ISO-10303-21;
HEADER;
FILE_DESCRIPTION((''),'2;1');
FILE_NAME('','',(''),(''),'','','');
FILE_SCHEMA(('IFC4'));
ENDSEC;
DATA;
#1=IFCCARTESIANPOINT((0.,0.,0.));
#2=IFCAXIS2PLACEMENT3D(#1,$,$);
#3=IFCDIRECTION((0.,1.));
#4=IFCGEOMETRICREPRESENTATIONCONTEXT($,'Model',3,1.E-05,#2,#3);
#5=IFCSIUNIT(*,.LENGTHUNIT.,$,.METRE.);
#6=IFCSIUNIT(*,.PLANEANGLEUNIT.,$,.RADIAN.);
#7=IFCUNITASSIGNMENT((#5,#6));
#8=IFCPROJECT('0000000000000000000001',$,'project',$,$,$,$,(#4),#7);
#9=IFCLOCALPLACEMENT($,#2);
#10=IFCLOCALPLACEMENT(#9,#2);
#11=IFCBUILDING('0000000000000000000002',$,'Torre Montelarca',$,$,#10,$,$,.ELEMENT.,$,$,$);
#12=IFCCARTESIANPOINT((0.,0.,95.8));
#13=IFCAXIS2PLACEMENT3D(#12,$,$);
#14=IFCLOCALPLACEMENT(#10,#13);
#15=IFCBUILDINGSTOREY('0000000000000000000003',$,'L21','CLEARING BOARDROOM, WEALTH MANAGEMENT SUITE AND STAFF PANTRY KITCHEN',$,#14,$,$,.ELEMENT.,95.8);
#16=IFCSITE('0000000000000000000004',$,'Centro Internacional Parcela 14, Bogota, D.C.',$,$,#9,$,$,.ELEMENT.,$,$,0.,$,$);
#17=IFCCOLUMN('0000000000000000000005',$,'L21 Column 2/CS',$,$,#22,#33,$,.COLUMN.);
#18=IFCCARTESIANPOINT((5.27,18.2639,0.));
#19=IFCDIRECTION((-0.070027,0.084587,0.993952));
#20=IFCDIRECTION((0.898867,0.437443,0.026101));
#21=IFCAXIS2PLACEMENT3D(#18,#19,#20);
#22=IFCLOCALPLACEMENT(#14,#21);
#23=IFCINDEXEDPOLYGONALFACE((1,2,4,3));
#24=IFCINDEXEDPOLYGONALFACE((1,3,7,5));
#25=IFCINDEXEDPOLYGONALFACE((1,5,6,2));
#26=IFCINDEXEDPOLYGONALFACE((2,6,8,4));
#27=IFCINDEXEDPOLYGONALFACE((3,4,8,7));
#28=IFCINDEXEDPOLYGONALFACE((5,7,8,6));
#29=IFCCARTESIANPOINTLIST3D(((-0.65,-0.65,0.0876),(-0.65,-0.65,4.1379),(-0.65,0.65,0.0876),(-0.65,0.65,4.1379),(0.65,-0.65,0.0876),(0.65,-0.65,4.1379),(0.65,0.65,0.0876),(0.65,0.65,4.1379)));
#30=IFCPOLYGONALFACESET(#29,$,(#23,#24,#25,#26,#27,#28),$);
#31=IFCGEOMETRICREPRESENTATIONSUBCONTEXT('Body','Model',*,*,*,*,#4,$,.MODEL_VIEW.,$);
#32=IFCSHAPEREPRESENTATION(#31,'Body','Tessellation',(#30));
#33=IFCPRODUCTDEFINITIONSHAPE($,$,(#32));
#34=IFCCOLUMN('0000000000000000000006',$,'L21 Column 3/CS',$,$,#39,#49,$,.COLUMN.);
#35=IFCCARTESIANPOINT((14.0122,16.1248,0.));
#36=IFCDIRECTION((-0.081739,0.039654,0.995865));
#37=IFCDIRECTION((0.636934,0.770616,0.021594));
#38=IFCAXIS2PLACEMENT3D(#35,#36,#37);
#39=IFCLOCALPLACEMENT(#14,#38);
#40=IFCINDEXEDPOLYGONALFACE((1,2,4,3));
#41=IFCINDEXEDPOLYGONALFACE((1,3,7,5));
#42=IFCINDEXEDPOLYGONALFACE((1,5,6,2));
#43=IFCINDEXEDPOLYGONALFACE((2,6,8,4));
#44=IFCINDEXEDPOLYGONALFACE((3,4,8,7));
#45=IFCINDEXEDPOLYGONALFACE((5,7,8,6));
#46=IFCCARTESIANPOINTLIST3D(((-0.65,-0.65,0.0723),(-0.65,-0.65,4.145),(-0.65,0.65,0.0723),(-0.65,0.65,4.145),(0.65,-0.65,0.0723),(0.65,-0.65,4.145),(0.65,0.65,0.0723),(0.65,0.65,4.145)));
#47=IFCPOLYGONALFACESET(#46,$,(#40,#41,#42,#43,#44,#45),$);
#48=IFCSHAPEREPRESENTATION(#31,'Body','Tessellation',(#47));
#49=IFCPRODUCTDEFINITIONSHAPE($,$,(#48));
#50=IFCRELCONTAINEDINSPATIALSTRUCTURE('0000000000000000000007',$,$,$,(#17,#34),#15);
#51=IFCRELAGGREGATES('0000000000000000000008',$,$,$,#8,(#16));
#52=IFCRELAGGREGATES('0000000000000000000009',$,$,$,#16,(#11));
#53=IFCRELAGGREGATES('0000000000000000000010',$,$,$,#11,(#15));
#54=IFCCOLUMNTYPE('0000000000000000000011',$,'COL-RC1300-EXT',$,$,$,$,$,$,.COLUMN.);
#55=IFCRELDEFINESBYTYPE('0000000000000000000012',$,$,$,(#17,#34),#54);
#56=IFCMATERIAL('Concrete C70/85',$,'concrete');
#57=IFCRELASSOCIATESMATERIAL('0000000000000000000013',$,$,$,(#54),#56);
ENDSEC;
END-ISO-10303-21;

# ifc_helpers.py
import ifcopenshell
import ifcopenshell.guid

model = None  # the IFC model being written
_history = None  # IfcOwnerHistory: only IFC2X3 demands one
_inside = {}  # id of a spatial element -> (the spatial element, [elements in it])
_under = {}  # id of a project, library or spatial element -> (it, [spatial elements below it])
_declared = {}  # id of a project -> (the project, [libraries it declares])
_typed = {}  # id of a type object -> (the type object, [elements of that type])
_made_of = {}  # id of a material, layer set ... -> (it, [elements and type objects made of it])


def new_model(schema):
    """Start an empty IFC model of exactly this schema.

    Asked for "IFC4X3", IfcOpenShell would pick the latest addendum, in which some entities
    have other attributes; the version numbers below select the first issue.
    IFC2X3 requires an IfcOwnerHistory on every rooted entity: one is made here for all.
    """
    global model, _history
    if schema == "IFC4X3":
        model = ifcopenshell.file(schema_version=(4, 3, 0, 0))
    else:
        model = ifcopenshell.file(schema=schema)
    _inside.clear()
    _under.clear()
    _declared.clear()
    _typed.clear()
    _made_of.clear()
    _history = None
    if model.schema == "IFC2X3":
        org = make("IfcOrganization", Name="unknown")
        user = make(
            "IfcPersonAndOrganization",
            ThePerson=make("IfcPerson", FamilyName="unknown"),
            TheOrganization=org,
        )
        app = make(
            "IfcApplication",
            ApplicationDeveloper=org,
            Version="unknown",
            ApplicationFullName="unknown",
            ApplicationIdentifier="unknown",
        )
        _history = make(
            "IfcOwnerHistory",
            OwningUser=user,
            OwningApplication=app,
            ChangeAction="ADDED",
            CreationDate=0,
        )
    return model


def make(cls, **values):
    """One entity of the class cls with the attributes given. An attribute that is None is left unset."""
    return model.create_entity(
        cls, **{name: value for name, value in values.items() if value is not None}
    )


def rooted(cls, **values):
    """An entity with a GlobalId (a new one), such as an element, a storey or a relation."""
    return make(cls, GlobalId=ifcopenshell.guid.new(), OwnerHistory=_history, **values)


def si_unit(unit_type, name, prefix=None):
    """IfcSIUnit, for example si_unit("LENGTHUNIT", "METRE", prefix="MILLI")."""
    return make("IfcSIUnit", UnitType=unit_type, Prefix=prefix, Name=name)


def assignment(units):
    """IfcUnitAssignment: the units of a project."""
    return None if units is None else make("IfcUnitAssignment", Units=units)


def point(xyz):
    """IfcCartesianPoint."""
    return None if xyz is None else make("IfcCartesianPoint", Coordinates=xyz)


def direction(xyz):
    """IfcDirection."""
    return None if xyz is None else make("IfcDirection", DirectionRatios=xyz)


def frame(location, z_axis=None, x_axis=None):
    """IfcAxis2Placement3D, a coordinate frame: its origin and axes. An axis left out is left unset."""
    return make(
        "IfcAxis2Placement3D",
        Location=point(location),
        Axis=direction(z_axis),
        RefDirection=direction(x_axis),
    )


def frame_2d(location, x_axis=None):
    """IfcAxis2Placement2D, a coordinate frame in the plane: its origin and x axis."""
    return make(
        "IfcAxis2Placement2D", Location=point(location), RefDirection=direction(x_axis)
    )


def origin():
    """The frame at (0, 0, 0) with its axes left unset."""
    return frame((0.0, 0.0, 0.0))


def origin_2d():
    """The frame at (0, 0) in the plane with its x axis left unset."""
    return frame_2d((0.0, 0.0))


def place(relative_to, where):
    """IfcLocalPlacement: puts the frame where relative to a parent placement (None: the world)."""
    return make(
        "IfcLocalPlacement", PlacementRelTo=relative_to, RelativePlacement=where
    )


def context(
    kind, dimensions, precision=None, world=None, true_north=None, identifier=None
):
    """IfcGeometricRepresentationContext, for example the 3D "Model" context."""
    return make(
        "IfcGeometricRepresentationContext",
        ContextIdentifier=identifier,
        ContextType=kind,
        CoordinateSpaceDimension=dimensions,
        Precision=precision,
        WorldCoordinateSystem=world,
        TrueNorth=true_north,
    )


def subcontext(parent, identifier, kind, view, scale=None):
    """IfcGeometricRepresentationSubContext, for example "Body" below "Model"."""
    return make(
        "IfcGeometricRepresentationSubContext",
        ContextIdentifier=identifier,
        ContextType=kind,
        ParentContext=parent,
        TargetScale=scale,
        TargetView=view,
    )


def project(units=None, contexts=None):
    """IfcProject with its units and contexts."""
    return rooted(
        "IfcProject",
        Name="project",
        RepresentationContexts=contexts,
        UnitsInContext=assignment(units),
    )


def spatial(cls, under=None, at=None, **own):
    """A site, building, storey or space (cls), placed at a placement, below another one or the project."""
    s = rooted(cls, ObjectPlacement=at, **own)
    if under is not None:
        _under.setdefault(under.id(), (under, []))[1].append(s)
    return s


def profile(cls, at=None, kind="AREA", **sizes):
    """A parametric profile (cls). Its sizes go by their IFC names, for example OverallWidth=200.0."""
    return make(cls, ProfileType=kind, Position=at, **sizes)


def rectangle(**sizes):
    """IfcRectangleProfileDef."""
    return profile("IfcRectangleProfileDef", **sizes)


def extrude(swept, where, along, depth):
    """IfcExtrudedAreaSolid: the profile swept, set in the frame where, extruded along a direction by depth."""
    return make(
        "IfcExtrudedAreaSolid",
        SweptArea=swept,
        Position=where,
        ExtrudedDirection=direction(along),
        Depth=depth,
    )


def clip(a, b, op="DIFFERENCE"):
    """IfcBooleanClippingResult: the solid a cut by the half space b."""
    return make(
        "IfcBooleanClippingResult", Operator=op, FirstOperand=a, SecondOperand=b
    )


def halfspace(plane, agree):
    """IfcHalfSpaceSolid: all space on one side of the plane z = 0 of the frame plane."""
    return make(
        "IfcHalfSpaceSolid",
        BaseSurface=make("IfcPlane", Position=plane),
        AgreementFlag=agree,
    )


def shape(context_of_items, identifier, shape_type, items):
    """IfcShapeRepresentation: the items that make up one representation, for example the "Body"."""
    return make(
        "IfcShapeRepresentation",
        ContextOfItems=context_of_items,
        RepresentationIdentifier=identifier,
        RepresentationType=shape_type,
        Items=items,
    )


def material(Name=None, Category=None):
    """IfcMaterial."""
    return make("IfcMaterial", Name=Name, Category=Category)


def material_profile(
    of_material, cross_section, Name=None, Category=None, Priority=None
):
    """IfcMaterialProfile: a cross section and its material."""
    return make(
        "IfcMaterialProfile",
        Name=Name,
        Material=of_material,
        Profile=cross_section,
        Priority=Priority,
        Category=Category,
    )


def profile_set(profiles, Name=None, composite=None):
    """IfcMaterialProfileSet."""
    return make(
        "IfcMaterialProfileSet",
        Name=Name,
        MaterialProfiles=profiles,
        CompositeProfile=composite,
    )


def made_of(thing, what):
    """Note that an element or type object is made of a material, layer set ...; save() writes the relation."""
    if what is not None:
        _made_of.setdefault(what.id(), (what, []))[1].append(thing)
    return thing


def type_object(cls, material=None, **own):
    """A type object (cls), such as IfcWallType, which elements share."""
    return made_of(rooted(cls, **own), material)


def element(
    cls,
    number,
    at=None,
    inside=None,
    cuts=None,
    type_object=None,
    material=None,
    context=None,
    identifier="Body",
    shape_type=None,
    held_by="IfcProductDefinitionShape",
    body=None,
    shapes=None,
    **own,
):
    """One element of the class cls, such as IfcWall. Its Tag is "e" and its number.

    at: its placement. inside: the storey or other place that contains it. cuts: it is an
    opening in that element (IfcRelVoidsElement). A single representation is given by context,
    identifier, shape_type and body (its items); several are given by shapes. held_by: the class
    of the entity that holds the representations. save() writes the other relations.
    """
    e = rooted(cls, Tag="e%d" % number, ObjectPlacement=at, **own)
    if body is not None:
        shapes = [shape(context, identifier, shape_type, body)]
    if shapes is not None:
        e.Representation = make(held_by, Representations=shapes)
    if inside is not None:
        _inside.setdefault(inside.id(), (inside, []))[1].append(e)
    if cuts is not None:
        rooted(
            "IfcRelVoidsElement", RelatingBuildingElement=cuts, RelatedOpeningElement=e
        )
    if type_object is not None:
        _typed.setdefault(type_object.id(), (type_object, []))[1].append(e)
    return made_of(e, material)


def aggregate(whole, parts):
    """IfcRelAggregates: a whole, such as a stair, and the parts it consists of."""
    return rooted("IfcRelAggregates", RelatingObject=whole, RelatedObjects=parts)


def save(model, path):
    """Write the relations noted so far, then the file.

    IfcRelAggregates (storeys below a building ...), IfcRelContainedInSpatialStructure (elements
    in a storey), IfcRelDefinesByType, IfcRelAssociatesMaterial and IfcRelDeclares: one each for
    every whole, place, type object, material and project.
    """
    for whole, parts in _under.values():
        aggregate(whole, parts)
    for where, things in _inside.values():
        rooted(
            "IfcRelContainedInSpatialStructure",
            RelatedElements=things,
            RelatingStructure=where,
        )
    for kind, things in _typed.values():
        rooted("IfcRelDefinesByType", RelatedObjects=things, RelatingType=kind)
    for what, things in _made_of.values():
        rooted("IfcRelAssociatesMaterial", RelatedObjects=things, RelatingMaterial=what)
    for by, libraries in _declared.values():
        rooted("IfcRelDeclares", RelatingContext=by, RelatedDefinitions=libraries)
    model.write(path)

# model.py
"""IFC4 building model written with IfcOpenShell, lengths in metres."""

from ifc_helpers import new_model, si_unit, direction, frame, origin, origin_2d, place, context, subcontext, project, spatial, rectangle, extrude, clip, halfspace, material, material_profile, profile_set, type_object, element, save


model = new_model("IFC4")

# Units and contexts
model_context = context("Model", 3, precision=1e-05, world=origin(), true_north=direction((0.0, 1.0)))
body_context = subcontext(model_context, "Body", "Model", "MODEL_VIEW")
ifc_project = project(units=[si_unit("LENGTHUNIT", "METRE"), si_unit("PLANEANGLEUNIT", "RADIAN")], contexts=[model_context])

# Site, building, storey
site_placement = place(None, origin())
site = spatial("IfcSite", under=ifc_project, at=site_placement, Name="Centro Internacional Parcela 14, Bogota, D.C.", CompositionType="ELEMENT", RefElevation=0.0)
building_placement = place(site_placement, origin())
building = spatial("IfcBuilding", under=site, at=building_placement, Name="Torre Montelarca", CompositionType="ELEMENT")
storey_placement = place(building_placement, frame((0.0, 0.0, 95.8)))
storey = spatial("IfcBuildingStorey", under=building, at=storey_placement, Name="L21", Description="CLEARING BOARDROOM, WEALTH MANAGEMENT SUITE AND STAFF PANTRY KITCHEN", CompositionType="ELEMENT", Elevation=95.8)

# Columns
ifc_material_1 = material(Name="Concrete C70/85", Category="concrete")
ifc_material_profile_1 = material_profile(ifc_material_1, rectangle(XDim=1.3, YDim=1.3, at=origin_2d()), Name="RC1300X1300", Category="concrete")
ifc_profile_set_1 = profile_set([ifc_material_profile_1], Name="Concrete C70/85")
column_type = type_object("IfcColumnType", Name="COL-RC1300-EXT", PredefinedType="COLUMN", material=ifc_profile_set_1)
column_1_placement = place(storey_placement, frame((5.27, 18.2639, 0.0), z_axis=(-0.070027, 0.084587, 0.993952), x_axis=(0.898867, 0.437443, 0.026101)))
element("IfcColumn", 1, at=column_1_placement, inside=storey, type_object=column_type, Name="L21 Column 2/CS", PredefinedType="COLUMN", context=body_context, shape_type="Clipping", body=[
    clip(clip(extrude(rectangle(XDim=1.3, YDim=1.3, at=origin_2d()), origin(), (0.0, 0.0, 1.0), 4.2256), halfspace(frame((0.0, 0.0, 0.0876), z_axis=(0.0, 0.0, -1.0), x_axis=(1.0, 0.0, 0.0)), False)), halfspace(frame((0.0, 0.0, 4.1379), z_axis=(0.0, 0.0, 1.0), x_axis=(1.0, 0.0, 0.0)), False)),
])
column_2_placement = place(storey_placement, frame((14.0122, 16.1248, 0.0), z_axis=(-0.081739, 0.039654, 0.995865), x_axis=(0.636934, 0.770616, 0.021594)))
element("IfcColumn", 2, at=column_2_placement, inside=storey, type_object=column_type, Name="L21 Column 3/CS", PredefinedType="COLUMN", context=body_context, shape_type="Clipping", body=[
    clip(clip(extrude(rectangle(XDim=1.3, YDim=1.3, at=origin_2d()), origin(), (0.0, 0.0, 1.0), 4.2173), halfspace(frame((0.0, 0.0, 0.0723), z_axis=(0.0, 0.0, -1.0), x_axis=(1.0, 0.0, 0.0)), False)), halfspace(frame((0.0, 0.0, 4.145), z_axis=(0.0, 0.0, 1.0), x_axis=(1.0, 0.0, 0.0)), False)),
])

save(model, "model.ifc")
